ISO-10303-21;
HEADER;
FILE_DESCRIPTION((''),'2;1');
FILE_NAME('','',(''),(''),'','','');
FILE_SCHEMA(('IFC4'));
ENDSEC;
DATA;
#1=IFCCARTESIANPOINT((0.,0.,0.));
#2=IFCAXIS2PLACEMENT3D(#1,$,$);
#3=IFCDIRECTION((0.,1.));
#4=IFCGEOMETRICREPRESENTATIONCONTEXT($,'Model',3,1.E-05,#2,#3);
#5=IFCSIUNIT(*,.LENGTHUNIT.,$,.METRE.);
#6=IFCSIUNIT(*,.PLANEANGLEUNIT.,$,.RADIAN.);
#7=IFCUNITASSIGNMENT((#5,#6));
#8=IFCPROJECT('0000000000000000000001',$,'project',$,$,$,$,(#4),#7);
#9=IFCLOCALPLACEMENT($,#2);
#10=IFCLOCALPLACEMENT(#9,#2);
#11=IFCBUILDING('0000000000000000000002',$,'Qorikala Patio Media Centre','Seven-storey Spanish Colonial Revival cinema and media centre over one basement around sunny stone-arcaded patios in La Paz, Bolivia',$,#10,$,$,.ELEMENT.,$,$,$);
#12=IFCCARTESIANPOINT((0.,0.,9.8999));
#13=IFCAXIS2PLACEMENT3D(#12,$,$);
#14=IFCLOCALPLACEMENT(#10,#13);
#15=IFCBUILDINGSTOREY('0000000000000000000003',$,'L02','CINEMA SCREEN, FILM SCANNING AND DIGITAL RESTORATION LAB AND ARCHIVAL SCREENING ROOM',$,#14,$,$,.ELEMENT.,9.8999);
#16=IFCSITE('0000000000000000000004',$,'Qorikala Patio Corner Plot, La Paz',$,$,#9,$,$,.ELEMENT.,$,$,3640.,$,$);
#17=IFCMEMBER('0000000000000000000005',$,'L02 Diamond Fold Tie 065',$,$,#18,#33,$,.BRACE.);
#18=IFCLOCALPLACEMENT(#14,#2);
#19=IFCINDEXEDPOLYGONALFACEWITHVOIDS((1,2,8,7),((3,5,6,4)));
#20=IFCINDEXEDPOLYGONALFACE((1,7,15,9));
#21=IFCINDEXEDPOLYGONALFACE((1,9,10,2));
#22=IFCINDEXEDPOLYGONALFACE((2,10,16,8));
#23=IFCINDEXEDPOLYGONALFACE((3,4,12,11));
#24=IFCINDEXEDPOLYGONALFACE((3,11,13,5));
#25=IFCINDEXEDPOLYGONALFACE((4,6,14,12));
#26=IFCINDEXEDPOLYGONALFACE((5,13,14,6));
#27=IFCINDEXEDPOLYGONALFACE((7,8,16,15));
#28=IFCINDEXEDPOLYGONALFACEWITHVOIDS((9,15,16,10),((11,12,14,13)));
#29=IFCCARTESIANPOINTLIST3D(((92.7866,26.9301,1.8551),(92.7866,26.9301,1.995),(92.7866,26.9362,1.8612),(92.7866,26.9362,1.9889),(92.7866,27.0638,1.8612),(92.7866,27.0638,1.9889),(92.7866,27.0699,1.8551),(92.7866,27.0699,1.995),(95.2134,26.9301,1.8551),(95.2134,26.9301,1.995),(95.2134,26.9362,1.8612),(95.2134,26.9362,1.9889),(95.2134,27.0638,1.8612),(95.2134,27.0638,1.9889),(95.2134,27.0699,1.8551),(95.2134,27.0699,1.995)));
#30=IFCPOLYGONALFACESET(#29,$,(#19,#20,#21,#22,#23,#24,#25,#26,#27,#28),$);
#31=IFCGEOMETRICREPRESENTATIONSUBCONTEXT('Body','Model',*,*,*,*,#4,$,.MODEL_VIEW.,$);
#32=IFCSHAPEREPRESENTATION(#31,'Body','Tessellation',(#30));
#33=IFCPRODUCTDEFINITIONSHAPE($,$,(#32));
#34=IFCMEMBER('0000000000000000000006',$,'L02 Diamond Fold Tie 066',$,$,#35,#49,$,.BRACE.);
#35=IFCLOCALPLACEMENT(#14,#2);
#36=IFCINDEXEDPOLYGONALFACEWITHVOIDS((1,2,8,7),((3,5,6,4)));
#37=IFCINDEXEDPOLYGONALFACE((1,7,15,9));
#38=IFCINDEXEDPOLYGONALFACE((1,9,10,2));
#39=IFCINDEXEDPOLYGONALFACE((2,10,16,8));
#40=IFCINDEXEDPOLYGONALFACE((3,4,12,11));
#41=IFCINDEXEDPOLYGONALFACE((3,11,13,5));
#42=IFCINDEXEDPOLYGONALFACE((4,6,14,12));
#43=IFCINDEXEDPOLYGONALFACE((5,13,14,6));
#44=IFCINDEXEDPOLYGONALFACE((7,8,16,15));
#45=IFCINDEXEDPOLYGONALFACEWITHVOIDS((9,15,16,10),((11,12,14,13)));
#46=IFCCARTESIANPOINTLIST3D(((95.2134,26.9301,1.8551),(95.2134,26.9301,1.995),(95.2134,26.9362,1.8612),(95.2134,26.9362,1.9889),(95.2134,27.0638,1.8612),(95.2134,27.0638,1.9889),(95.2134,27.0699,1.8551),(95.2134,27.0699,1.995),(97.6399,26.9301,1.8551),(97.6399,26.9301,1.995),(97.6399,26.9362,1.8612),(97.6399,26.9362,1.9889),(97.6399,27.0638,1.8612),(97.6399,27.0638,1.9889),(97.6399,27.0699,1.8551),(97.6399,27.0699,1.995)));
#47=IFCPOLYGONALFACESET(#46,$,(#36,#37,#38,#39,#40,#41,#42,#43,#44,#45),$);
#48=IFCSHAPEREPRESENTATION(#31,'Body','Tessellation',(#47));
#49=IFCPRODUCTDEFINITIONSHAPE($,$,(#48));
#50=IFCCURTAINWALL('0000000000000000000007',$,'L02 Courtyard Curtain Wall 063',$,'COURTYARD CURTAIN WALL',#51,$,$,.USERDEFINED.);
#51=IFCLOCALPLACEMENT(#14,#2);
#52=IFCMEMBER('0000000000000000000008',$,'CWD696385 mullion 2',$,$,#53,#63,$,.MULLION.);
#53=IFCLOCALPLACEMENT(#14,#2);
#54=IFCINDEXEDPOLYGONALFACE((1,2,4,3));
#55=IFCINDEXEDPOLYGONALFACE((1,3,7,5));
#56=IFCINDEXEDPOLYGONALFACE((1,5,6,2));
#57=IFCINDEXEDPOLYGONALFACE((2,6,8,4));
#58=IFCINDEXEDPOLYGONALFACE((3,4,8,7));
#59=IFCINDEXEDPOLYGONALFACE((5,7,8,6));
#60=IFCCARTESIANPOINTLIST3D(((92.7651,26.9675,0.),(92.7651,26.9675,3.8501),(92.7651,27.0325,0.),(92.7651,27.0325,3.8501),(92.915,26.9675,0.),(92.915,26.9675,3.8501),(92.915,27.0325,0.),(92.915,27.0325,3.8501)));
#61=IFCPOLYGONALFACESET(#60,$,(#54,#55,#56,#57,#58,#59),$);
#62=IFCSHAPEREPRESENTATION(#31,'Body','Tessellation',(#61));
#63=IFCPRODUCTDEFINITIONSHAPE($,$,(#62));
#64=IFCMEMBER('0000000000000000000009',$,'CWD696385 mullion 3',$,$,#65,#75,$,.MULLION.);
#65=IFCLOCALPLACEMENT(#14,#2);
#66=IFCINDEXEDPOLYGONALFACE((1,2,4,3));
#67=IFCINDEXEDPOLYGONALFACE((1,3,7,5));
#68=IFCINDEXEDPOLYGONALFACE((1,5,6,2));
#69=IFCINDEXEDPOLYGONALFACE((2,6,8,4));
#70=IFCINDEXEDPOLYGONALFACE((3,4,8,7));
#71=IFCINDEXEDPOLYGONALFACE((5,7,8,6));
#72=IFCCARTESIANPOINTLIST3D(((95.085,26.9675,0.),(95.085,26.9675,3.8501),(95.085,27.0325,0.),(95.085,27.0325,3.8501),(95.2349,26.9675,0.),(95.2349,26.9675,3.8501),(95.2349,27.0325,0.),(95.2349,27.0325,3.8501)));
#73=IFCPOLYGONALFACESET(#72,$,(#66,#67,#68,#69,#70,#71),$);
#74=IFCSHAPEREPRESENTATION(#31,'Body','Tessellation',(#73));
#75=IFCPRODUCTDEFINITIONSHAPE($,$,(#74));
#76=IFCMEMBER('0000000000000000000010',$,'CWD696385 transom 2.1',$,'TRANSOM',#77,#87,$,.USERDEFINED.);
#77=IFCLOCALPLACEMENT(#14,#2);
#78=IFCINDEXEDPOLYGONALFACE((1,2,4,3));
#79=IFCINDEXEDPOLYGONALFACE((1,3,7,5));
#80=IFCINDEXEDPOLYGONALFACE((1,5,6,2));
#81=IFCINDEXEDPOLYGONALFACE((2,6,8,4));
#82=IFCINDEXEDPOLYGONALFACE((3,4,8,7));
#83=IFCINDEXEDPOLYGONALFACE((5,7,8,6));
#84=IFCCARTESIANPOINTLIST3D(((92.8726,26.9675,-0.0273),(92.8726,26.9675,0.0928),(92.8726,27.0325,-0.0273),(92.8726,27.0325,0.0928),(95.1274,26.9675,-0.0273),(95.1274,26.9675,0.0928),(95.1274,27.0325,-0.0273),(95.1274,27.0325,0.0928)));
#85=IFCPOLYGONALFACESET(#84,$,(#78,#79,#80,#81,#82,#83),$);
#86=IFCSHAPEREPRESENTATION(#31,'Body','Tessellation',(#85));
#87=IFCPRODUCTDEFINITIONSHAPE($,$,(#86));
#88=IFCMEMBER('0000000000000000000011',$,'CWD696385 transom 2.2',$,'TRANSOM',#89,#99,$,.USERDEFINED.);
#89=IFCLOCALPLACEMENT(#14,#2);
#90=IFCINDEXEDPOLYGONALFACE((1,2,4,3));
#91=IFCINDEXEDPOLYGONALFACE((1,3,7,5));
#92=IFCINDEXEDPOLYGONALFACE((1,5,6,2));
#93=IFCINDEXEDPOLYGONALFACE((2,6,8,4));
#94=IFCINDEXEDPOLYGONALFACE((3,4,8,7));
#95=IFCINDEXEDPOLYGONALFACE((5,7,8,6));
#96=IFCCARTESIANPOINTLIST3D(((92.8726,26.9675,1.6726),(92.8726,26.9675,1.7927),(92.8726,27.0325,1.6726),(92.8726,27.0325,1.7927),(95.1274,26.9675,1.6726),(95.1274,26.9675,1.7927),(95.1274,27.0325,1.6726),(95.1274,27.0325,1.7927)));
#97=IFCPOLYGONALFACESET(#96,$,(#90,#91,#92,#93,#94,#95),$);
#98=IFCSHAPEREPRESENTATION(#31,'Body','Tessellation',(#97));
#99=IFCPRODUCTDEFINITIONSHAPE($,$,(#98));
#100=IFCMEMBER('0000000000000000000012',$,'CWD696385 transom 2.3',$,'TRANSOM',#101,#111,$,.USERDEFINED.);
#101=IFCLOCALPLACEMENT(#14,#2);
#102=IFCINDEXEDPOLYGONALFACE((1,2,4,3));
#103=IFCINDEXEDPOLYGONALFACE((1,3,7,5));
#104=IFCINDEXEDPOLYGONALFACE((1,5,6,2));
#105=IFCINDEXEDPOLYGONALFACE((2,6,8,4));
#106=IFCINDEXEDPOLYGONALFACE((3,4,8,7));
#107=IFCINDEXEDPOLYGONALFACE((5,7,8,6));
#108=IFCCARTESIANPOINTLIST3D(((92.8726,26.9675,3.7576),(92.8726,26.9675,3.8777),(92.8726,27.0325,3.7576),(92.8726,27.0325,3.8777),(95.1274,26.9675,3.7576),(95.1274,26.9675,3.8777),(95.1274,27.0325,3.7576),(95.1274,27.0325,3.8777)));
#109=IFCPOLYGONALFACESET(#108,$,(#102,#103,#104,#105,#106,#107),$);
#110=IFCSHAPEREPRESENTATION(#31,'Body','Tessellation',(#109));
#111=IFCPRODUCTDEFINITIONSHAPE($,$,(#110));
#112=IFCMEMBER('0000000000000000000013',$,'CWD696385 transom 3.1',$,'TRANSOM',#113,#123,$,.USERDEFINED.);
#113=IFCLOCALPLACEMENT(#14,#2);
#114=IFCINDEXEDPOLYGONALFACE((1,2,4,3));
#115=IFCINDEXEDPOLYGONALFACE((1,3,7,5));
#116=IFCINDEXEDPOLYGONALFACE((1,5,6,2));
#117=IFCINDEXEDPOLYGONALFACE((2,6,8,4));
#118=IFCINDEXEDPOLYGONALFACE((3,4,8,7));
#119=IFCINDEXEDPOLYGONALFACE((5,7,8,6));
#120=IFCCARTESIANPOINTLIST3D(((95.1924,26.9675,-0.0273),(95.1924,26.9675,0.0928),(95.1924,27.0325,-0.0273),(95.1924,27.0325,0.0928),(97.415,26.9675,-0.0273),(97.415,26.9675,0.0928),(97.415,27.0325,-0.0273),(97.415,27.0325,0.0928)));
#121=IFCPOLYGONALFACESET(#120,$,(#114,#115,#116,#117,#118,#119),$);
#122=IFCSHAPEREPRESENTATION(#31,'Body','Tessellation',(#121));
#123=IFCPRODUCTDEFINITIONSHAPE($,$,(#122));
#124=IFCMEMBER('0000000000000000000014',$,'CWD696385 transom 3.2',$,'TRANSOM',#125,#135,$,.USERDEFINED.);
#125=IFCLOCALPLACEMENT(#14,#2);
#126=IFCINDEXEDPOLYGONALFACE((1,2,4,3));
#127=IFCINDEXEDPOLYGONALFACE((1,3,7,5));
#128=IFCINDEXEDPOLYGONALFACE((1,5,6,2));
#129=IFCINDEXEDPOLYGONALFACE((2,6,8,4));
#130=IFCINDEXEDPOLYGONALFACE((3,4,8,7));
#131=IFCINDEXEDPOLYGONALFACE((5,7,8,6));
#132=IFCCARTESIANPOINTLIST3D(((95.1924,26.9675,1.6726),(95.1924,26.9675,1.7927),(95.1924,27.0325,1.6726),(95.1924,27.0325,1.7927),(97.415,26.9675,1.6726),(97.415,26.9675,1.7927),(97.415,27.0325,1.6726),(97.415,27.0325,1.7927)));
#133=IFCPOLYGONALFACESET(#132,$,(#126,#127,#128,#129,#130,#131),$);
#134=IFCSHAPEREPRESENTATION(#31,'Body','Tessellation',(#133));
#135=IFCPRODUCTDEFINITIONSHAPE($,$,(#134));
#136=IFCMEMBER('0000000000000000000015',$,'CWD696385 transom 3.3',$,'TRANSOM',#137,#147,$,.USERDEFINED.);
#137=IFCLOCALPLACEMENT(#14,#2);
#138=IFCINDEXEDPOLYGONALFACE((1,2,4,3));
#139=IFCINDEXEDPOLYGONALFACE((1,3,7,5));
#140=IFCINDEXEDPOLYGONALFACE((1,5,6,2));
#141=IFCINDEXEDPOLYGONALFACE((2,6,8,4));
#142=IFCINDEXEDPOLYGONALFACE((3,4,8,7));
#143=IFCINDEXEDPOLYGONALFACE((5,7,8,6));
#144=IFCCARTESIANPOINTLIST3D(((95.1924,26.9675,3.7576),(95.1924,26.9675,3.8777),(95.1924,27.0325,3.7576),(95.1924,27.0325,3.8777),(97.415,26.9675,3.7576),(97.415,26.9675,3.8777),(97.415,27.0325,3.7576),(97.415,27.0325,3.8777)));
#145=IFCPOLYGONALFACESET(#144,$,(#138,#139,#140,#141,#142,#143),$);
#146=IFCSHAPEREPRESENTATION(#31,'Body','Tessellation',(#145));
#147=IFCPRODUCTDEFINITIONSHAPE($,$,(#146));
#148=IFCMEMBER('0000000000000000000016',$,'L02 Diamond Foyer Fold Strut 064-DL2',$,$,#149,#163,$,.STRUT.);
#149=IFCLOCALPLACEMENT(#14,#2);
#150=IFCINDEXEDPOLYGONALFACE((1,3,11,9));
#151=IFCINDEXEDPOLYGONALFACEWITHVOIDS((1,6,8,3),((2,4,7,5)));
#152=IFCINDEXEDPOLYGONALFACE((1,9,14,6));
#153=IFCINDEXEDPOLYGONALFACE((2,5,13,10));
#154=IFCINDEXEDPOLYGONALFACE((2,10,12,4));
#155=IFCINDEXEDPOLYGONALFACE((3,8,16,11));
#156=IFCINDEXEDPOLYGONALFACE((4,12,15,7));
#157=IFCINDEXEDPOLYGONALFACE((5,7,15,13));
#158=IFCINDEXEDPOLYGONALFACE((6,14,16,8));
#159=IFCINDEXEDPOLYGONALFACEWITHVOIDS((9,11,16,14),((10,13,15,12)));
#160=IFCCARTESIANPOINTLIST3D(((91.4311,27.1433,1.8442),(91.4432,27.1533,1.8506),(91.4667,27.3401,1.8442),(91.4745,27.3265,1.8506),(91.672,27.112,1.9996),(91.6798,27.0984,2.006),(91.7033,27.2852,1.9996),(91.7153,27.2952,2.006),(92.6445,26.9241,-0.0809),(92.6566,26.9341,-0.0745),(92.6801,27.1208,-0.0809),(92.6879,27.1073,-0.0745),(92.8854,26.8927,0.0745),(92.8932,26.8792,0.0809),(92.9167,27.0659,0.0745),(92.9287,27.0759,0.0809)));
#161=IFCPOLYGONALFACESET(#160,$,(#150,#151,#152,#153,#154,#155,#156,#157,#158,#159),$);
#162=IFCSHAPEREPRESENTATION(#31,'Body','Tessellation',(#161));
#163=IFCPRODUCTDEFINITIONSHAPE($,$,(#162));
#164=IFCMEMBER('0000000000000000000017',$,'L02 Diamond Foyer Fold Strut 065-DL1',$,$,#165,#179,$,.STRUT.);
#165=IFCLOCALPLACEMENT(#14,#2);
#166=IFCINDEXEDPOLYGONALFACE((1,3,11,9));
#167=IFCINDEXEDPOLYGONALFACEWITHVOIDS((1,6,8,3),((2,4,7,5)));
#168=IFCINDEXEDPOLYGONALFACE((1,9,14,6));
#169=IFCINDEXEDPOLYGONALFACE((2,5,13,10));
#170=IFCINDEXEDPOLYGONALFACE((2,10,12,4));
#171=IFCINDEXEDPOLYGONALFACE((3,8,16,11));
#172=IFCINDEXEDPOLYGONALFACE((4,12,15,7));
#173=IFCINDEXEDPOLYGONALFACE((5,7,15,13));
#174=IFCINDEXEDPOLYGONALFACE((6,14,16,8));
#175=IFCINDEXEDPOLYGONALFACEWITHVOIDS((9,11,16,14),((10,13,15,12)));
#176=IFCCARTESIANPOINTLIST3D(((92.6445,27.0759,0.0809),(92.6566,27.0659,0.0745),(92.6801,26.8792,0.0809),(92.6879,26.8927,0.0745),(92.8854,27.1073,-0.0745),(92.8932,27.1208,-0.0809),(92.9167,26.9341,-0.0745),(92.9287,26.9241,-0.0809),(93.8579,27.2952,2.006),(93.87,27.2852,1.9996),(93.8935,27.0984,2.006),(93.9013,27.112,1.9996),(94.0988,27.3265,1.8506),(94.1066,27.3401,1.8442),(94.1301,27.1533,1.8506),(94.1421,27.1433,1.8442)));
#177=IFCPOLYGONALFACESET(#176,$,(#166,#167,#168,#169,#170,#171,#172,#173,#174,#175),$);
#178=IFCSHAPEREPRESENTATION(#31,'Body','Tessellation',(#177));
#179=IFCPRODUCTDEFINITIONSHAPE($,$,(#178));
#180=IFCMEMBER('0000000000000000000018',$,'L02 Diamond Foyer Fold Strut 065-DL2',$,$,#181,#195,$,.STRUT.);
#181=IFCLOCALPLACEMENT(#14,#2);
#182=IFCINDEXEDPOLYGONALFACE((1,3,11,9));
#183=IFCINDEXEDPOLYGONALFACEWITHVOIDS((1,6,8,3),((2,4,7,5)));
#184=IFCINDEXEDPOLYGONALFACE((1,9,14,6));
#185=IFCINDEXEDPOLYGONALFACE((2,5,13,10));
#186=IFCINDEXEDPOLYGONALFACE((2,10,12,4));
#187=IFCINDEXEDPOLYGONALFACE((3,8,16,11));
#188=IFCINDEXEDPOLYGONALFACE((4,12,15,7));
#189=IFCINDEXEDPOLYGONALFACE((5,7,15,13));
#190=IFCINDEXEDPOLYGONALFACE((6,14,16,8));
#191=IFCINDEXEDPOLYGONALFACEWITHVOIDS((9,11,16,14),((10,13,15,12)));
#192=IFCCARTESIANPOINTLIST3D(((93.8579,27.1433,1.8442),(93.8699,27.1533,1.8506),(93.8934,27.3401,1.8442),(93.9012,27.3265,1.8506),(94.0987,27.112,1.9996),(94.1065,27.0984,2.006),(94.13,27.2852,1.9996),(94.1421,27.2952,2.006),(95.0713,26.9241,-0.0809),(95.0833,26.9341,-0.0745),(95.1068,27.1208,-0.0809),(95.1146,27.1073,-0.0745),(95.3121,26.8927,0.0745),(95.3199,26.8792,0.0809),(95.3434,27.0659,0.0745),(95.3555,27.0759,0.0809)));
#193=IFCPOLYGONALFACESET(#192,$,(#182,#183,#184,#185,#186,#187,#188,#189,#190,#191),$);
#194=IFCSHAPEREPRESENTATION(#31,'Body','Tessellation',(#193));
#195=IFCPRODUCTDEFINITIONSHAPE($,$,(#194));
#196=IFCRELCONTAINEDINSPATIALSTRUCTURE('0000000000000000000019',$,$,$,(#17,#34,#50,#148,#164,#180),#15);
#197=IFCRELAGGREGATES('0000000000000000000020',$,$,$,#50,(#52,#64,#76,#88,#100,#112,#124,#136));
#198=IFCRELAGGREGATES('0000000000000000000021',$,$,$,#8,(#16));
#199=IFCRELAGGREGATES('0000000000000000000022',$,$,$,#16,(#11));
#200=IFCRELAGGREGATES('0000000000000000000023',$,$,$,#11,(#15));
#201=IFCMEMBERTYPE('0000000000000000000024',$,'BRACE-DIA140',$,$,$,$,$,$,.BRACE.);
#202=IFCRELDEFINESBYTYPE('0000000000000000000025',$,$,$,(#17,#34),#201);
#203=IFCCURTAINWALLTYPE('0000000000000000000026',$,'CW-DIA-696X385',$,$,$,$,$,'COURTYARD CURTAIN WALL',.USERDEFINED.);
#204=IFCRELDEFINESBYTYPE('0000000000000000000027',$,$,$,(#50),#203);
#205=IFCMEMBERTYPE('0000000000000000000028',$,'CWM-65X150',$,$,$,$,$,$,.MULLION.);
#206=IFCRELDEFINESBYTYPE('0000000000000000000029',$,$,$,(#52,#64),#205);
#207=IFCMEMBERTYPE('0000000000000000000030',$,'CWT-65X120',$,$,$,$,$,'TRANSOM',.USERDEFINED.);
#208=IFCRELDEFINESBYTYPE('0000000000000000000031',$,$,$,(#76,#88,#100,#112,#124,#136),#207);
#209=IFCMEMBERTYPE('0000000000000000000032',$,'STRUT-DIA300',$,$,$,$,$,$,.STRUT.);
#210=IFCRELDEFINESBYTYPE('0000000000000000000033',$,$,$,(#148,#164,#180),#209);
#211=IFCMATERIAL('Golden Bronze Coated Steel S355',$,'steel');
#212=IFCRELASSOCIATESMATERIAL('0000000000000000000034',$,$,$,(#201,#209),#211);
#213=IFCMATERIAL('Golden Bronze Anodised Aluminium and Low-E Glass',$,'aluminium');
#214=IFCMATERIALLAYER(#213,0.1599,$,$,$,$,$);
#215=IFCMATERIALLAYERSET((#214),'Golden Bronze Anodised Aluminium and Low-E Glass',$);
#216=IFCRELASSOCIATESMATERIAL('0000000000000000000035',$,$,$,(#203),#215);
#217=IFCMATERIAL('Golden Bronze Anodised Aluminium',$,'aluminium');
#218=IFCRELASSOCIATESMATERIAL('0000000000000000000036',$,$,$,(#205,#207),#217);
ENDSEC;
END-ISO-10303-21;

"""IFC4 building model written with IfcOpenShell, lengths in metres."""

from ifc_helpers import new_model, si_unit, direction, frame, origin, origin_2d, place, context, subcontext, project, spatial, rectangle, hollow_rectangle, extrude, material, layer, layer_set, material_profile, profile_set, type_object, element, aggregate, save


model = new_model("IFC4")

# Units and contexts
model_context = context("Model", 3, precision=1e-05, world=origin(), true_north=direction((0.0, 1.0)))
body_context = subcontext(model_context, "Body", "Model", "MODEL_VIEW")
ifc_project = project(units=[si_unit("LENGTHUNIT", "METRE"), si_unit("PLANEANGLEUNIT", "RADIAN")], contexts=[model_context])

# Site, building, storey
site_placement = place(None, origin())
site = spatial("IfcSite", under=ifc_project, at=site_placement, Name="Qorikala Patio Corner Plot, La Paz", CompositionType="ELEMENT", RefElevation=3640.0)
building_placement = place(site_placement, origin())
building = spatial("IfcBuilding", under=site, at=building_placement, Name="Qorikala Patio Media Centre", Description="Seven-storey Spanish Colonial Revival cinema and media centre over one basement around sunny stone-arcaded patios in La Paz, Bolivia", CompositionType="ELEMENT")
storey_placement = place(building_placement, frame((0.0, 0.0, 9.8999)))
storey = spatial("IfcBuildingStorey", under=building, at=storey_placement, Name="L02", Description="CINEMA SCREEN, FILM SCANNING AND DIGITAL RESTORATION LAB AND ARCHIVAL SCREENING ROOM", CompositionType="ELEMENT", Elevation=9.8999)

# Members
ifc_material_1 = material(Name="Golden Bronze Coated Steel S355", Category="steel")
ifc_material_profile_1 = material_profile(ifc_material_1, hollow_rectangle(XDim=0.1399, YDim=0.1399, WallThickness=0.0061, at=origin_2d()), Name="HSS140X140X6")
ifc_profile_set_1 = profile_set([ifc_material_profile_1], Name="Golden Bronze Coated Steel S355")
member_type_1 = type_object("IfcMemberType", Name="BRACE-DIA140", PredefinedType="BRACE", material=ifc_profile_set_1)
member_1_placement = place(storey_placement, frame((92.7866, 27.0, 1.925), z_axis=(1.0, 0.0, 0.0), x_axis=(0.0, 1.0, 0.0)))
element("IfcMember", 1, at=member_1_placement, inside=storey, type_object=member_type_1, Name="L02 Diamond Fold Tie 065", PredefinedType="BRACE", context=body_context, shape_type="SweptSolid", body=[
    extrude(hollow_rectangle(XDim=0.1399, YDim=0.1399, WallThickness=0.0061, at=origin_2d()), origin(), (0.0, 0.0, 1.0), 2.4268),
])
member_2_placement = place(storey_placement, frame((95.2134, 27.0, 1.925), z_axis=(1.0, 0.0, 0.0), x_axis=(0.0, 1.0, 0.0)))
element("IfcMember", 2, at=member_2_placement, inside=storey, type_object=member_type_1, Name="L02 Diamond Fold Tie 066", PredefinedType="BRACE", context=body_context, shape_type="SweptSolid", body=[
    extrude(hollow_rectangle(XDim=0.1399, YDim=0.1399, WallThickness=0.0061, at=origin_2d()), origin(), (0.0, 0.0, 1.0), 2.4265),
])

# Curtain wall, members
ifc_material_2 = material(Name="Golden Bronze Anodised Aluminium and Low-E Glass", Category="aluminium")
ifc_layer_1 = layer(ifc_material_2, 0.1599)
ifc_layer_set_1 = layer_set([ifc_layer_1], Name="Golden Bronze Anodised Aluminium and Low-E Glass")
curtain_wall_type = type_object("IfcCurtainWallType", Name="CW-DIA-696X385", ElementType="COURTYARD CURTAIN WALL", PredefinedType="USERDEFINED", material=ifc_layer_set_1)
curtain_wall_placement = place(storey_placement, origin())
curtain_wall = element("IfcCurtainWall", 3, at=curtain_wall_placement, inside=storey, type_object=curtain_wall_type, Name="L02 Courtyard Curtain Wall 063", ObjectType="COURTYARD CURTAIN WALL", PredefinedType="USERDEFINED")
ifc_material_3 = material(Name="Golden Bronze Anodised Aluminium", Category="aluminium")
ifc_material_profile_2 = material_profile(ifc_material_3, rectangle(XDim=0.0649, YDim=0.1499, at=origin_2d()), Name="ALU MULLION 65x150")
ifc_profile_set_2 = profile_set([ifc_material_profile_2], Name="Golden Bronze Anodised Aluminium")
member_type_2 = type_object("IfcMemberType", Name="CWM-65X150", PredefinedType="MULLION", material=ifc_profile_set_2)
member_3_placement = place(storey_placement, frame((92.8401, 27.0, 0.0), z_axis=(0.0, 0.0, 1.0), x_axis=(0.0, 1.0, 0.0)))
member_3 = element("IfcMember", 4, at=member_3_placement, type_object=member_type_2, Name="CWD696385 mullion 2", PredefinedType="MULLION", context=body_context, shape_type="SweptSolid", body=[
    extrude(rectangle(XDim=0.0649, YDim=0.1499, at=origin_2d()), origin(), (0.0, 0.0, 1.0), 3.8501),
])
member_4_placement = place(storey_placement, frame((95.1599, 27.0, 0.0), z_axis=(0.0, 0.0, 1.0), x_axis=(0.0, 1.0, 0.0)))
member_4 = element("IfcMember", 5, at=member_4_placement, type_object=member_type_2, Name="CWD696385 mullion 3", PredefinedType="MULLION", context=body_context, shape_type="SweptSolid", body=[
    extrude(rectangle(XDim=0.0649, YDim=0.1499, at=origin_2d()), origin(), (0.0, 0.0, 1.0), 3.8501),
])
ifc_material_profile_3 = material_profile(ifc_material_3, rectangle(XDim=0.0649, YDim=0.1201, at=origin_2d()), Name="ALU TRANSOM 65x120")
ifc_profile_set_3 = profile_set([ifc_material_profile_3], Name="Golden Bronze Anodised Aluminium")
member_type_3 = type_object("IfcMemberType", Name="CWT-65X120", ElementType="TRANSOM", PredefinedType="USERDEFINED", material=ifc_profile_set_3)
member_5_placement = place(storey_placement, frame((92.8726, 27.0, 0.0327), z_axis=(1.0, 0.0, 0.0), x_axis=(0.0, 1.0, 0.0)))
member_5 = element("IfcMember", 6, at=member_5_placement, type_object=member_type_3, Name="CWD696385 transom 2.1", ObjectType="TRANSOM", PredefinedType="USERDEFINED", context=body_context, shape_type="SweptSolid", body=[
    extrude(rectangle(XDim=0.0649, YDim=0.1201, at=origin_2d()), origin(), (0.0, 0.0, 1.0), 2.2549),
])
member_6_placement = place(storey_placement, frame((92.8726, 27.0, 1.7327), z_axis=(1.0, 0.0, 0.0), x_axis=(0.0, 1.0, 0.0)))
member_6 = element("IfcMember", 7, at=member_6_placement, type_object=member_type_3, Name="CWD696385 transom 2.2", ObjectType="TRANSOM", PredefinedType="USERDEFINED", context=body_context, shape_type="SweptSolid", body=[
    extrude(rectangle(XDim=0.0649, YDim=0.1201, at=origin_2d()), origin(), (0.0, 0.0, 1.0), 2.2549),
])
member_7_placement = place(storey_placement, frame((92.8726, 27.0, 3.8176), z_axis=(1.0, 0.0, 0.0), x_axis=(0.0, 1.0, 0.0)))
member_7 = element("IfcMember", 8, at=member_7_placement, type_object=member_type_3, Name="CWD696385 transom 2.3", ObjectType="TRANSOM", PredefinedType="USERDEFINED", context=body_context, shape_type="SweptSolid", body=[
    extrude(rectangle(XDim=0.0649, YDim=0.1201, at=origin_2d()), origin(), (0.0, 0.0, 1.0), 2.2549),
])
member_8_placement = place(storey_placement, frame((95.1924, 27.0, 0.0327), z_axis=(1.0, 0.0, 0.0), x_axis=(0.0, 1.0, 0.0)))
member_8 = element("IfcMember", 9, at=member_8_placement, type_object=member_type_3, Name="CWD696385 transom 3.1", ObjectType="TRANSOM", PredefinedType="USERDEFINED", context=body_context, shape_type="SweptSolid", body=[
    extrude(rectangle(XDim=0.0649, YDim=0.1201, at=origin_2d()), origin(), (0.0, 0.0, 1.0), 2.2227),
])
member_9_placement = place(storey_placement, frame((95.1924, 27.0, 1.7327), z_axis=(1.0, 0.0, 0.0), x_axis=(0.0, 1.0, 0.0)))
member_9 = element("IfcMember", 10, at=member_9_placement, type_object=member_type_3, Name="CWD696385 transom 3.2", ObjectType="TRANSOM", PredefinedType="USERDEFINED", context=body_context, shape_type="SweptSolid", body=[
    extrude(rectangle(XDim=0.0649, YDim=0.1201, at=origin_2d()), origin(), (0.0, 0.0, 1.0), 2.2227),
])
member_10_placement = place(storey_placement, frame((95.1924, 27.0, 3.8176), z_axis=(1.0, 0.0, 0.0), x_axis=(0.0, 1.0, 0.0)))
member_10 = element("IfcMember", 11, at=member_10_placement, type_object=member_type_3, Name="CWD696385 transom 3.3", ObjectType="TRANSOM", PredefinedType="USERDEFINED", context=body_context, shape_type="SweptSolid", body=[
    extrude(rectangle(XDim=0.0649, YDim=0.1201, at=origin_2d()), origin(), (0.0, 0.0, 1.0), 2.2227),
])

# Members
ifc_material_profile_4 = material_profile(ifc_material_1, hollow_rectangle(XDim=0.2, YDim=0.3, WallThickness=0.012, at=origin_2d()), Name="HSS300X200X12")
ifc_profile_set_4 = profile_set([ifc_material_profile_4], Name="Golden Bronze Coated Steel S355")
member_type_4 = type_object("IfcMemberType", Name="STRUT-DIA300", PredefinedType="STRUT", material=ifc_profile_set_4)
for number, where, z_axis, x_axis, name in (
    (12, (92.7866, 27.0, 0.0), (-0.530768, 0.095901, 0.842074), (-0.177805, -0.984066, 0.0), "L02 Diamond Foyer Fold Strut 064-DL2"),
    (13, (92.7866, 27.0, 0.0), (0.530768, 0.095901, 0.842074), (-0.177805, 0.984066, 0.0), "L02 Diamond Foyer Fold Strut 065-DL1"),
    (14, (95.2134, 27.0, 0.0), (-0.530768, 0.095901, 0.842074), (-0.177805, -0.984066, 0.0), "L02 Diamond Foyer Fold Strut 065-DL2"),
):
    element("IfcMember", number, at=place(storey_placement, frame(where, z_axis=z_axis, x_axis=x_axis)), inside=storey, type_object=member_type_4, Name=name, PredefinedType="STRUT", context=body_context, shape_type="SweptSolid", body=[
        extrude(hollow_rectangle(XDim=0.2, YDim=0.3, WallThickness=0.012, at=origin_2d()), origin(), (0.0, 0.0, 1.0), 2.2861),
    ])

aggregate(curtain_wall, [member_3, member_4, member_5, member_6, member_7, member_8, member_9, member_10])

save(model, "model.ifc")
